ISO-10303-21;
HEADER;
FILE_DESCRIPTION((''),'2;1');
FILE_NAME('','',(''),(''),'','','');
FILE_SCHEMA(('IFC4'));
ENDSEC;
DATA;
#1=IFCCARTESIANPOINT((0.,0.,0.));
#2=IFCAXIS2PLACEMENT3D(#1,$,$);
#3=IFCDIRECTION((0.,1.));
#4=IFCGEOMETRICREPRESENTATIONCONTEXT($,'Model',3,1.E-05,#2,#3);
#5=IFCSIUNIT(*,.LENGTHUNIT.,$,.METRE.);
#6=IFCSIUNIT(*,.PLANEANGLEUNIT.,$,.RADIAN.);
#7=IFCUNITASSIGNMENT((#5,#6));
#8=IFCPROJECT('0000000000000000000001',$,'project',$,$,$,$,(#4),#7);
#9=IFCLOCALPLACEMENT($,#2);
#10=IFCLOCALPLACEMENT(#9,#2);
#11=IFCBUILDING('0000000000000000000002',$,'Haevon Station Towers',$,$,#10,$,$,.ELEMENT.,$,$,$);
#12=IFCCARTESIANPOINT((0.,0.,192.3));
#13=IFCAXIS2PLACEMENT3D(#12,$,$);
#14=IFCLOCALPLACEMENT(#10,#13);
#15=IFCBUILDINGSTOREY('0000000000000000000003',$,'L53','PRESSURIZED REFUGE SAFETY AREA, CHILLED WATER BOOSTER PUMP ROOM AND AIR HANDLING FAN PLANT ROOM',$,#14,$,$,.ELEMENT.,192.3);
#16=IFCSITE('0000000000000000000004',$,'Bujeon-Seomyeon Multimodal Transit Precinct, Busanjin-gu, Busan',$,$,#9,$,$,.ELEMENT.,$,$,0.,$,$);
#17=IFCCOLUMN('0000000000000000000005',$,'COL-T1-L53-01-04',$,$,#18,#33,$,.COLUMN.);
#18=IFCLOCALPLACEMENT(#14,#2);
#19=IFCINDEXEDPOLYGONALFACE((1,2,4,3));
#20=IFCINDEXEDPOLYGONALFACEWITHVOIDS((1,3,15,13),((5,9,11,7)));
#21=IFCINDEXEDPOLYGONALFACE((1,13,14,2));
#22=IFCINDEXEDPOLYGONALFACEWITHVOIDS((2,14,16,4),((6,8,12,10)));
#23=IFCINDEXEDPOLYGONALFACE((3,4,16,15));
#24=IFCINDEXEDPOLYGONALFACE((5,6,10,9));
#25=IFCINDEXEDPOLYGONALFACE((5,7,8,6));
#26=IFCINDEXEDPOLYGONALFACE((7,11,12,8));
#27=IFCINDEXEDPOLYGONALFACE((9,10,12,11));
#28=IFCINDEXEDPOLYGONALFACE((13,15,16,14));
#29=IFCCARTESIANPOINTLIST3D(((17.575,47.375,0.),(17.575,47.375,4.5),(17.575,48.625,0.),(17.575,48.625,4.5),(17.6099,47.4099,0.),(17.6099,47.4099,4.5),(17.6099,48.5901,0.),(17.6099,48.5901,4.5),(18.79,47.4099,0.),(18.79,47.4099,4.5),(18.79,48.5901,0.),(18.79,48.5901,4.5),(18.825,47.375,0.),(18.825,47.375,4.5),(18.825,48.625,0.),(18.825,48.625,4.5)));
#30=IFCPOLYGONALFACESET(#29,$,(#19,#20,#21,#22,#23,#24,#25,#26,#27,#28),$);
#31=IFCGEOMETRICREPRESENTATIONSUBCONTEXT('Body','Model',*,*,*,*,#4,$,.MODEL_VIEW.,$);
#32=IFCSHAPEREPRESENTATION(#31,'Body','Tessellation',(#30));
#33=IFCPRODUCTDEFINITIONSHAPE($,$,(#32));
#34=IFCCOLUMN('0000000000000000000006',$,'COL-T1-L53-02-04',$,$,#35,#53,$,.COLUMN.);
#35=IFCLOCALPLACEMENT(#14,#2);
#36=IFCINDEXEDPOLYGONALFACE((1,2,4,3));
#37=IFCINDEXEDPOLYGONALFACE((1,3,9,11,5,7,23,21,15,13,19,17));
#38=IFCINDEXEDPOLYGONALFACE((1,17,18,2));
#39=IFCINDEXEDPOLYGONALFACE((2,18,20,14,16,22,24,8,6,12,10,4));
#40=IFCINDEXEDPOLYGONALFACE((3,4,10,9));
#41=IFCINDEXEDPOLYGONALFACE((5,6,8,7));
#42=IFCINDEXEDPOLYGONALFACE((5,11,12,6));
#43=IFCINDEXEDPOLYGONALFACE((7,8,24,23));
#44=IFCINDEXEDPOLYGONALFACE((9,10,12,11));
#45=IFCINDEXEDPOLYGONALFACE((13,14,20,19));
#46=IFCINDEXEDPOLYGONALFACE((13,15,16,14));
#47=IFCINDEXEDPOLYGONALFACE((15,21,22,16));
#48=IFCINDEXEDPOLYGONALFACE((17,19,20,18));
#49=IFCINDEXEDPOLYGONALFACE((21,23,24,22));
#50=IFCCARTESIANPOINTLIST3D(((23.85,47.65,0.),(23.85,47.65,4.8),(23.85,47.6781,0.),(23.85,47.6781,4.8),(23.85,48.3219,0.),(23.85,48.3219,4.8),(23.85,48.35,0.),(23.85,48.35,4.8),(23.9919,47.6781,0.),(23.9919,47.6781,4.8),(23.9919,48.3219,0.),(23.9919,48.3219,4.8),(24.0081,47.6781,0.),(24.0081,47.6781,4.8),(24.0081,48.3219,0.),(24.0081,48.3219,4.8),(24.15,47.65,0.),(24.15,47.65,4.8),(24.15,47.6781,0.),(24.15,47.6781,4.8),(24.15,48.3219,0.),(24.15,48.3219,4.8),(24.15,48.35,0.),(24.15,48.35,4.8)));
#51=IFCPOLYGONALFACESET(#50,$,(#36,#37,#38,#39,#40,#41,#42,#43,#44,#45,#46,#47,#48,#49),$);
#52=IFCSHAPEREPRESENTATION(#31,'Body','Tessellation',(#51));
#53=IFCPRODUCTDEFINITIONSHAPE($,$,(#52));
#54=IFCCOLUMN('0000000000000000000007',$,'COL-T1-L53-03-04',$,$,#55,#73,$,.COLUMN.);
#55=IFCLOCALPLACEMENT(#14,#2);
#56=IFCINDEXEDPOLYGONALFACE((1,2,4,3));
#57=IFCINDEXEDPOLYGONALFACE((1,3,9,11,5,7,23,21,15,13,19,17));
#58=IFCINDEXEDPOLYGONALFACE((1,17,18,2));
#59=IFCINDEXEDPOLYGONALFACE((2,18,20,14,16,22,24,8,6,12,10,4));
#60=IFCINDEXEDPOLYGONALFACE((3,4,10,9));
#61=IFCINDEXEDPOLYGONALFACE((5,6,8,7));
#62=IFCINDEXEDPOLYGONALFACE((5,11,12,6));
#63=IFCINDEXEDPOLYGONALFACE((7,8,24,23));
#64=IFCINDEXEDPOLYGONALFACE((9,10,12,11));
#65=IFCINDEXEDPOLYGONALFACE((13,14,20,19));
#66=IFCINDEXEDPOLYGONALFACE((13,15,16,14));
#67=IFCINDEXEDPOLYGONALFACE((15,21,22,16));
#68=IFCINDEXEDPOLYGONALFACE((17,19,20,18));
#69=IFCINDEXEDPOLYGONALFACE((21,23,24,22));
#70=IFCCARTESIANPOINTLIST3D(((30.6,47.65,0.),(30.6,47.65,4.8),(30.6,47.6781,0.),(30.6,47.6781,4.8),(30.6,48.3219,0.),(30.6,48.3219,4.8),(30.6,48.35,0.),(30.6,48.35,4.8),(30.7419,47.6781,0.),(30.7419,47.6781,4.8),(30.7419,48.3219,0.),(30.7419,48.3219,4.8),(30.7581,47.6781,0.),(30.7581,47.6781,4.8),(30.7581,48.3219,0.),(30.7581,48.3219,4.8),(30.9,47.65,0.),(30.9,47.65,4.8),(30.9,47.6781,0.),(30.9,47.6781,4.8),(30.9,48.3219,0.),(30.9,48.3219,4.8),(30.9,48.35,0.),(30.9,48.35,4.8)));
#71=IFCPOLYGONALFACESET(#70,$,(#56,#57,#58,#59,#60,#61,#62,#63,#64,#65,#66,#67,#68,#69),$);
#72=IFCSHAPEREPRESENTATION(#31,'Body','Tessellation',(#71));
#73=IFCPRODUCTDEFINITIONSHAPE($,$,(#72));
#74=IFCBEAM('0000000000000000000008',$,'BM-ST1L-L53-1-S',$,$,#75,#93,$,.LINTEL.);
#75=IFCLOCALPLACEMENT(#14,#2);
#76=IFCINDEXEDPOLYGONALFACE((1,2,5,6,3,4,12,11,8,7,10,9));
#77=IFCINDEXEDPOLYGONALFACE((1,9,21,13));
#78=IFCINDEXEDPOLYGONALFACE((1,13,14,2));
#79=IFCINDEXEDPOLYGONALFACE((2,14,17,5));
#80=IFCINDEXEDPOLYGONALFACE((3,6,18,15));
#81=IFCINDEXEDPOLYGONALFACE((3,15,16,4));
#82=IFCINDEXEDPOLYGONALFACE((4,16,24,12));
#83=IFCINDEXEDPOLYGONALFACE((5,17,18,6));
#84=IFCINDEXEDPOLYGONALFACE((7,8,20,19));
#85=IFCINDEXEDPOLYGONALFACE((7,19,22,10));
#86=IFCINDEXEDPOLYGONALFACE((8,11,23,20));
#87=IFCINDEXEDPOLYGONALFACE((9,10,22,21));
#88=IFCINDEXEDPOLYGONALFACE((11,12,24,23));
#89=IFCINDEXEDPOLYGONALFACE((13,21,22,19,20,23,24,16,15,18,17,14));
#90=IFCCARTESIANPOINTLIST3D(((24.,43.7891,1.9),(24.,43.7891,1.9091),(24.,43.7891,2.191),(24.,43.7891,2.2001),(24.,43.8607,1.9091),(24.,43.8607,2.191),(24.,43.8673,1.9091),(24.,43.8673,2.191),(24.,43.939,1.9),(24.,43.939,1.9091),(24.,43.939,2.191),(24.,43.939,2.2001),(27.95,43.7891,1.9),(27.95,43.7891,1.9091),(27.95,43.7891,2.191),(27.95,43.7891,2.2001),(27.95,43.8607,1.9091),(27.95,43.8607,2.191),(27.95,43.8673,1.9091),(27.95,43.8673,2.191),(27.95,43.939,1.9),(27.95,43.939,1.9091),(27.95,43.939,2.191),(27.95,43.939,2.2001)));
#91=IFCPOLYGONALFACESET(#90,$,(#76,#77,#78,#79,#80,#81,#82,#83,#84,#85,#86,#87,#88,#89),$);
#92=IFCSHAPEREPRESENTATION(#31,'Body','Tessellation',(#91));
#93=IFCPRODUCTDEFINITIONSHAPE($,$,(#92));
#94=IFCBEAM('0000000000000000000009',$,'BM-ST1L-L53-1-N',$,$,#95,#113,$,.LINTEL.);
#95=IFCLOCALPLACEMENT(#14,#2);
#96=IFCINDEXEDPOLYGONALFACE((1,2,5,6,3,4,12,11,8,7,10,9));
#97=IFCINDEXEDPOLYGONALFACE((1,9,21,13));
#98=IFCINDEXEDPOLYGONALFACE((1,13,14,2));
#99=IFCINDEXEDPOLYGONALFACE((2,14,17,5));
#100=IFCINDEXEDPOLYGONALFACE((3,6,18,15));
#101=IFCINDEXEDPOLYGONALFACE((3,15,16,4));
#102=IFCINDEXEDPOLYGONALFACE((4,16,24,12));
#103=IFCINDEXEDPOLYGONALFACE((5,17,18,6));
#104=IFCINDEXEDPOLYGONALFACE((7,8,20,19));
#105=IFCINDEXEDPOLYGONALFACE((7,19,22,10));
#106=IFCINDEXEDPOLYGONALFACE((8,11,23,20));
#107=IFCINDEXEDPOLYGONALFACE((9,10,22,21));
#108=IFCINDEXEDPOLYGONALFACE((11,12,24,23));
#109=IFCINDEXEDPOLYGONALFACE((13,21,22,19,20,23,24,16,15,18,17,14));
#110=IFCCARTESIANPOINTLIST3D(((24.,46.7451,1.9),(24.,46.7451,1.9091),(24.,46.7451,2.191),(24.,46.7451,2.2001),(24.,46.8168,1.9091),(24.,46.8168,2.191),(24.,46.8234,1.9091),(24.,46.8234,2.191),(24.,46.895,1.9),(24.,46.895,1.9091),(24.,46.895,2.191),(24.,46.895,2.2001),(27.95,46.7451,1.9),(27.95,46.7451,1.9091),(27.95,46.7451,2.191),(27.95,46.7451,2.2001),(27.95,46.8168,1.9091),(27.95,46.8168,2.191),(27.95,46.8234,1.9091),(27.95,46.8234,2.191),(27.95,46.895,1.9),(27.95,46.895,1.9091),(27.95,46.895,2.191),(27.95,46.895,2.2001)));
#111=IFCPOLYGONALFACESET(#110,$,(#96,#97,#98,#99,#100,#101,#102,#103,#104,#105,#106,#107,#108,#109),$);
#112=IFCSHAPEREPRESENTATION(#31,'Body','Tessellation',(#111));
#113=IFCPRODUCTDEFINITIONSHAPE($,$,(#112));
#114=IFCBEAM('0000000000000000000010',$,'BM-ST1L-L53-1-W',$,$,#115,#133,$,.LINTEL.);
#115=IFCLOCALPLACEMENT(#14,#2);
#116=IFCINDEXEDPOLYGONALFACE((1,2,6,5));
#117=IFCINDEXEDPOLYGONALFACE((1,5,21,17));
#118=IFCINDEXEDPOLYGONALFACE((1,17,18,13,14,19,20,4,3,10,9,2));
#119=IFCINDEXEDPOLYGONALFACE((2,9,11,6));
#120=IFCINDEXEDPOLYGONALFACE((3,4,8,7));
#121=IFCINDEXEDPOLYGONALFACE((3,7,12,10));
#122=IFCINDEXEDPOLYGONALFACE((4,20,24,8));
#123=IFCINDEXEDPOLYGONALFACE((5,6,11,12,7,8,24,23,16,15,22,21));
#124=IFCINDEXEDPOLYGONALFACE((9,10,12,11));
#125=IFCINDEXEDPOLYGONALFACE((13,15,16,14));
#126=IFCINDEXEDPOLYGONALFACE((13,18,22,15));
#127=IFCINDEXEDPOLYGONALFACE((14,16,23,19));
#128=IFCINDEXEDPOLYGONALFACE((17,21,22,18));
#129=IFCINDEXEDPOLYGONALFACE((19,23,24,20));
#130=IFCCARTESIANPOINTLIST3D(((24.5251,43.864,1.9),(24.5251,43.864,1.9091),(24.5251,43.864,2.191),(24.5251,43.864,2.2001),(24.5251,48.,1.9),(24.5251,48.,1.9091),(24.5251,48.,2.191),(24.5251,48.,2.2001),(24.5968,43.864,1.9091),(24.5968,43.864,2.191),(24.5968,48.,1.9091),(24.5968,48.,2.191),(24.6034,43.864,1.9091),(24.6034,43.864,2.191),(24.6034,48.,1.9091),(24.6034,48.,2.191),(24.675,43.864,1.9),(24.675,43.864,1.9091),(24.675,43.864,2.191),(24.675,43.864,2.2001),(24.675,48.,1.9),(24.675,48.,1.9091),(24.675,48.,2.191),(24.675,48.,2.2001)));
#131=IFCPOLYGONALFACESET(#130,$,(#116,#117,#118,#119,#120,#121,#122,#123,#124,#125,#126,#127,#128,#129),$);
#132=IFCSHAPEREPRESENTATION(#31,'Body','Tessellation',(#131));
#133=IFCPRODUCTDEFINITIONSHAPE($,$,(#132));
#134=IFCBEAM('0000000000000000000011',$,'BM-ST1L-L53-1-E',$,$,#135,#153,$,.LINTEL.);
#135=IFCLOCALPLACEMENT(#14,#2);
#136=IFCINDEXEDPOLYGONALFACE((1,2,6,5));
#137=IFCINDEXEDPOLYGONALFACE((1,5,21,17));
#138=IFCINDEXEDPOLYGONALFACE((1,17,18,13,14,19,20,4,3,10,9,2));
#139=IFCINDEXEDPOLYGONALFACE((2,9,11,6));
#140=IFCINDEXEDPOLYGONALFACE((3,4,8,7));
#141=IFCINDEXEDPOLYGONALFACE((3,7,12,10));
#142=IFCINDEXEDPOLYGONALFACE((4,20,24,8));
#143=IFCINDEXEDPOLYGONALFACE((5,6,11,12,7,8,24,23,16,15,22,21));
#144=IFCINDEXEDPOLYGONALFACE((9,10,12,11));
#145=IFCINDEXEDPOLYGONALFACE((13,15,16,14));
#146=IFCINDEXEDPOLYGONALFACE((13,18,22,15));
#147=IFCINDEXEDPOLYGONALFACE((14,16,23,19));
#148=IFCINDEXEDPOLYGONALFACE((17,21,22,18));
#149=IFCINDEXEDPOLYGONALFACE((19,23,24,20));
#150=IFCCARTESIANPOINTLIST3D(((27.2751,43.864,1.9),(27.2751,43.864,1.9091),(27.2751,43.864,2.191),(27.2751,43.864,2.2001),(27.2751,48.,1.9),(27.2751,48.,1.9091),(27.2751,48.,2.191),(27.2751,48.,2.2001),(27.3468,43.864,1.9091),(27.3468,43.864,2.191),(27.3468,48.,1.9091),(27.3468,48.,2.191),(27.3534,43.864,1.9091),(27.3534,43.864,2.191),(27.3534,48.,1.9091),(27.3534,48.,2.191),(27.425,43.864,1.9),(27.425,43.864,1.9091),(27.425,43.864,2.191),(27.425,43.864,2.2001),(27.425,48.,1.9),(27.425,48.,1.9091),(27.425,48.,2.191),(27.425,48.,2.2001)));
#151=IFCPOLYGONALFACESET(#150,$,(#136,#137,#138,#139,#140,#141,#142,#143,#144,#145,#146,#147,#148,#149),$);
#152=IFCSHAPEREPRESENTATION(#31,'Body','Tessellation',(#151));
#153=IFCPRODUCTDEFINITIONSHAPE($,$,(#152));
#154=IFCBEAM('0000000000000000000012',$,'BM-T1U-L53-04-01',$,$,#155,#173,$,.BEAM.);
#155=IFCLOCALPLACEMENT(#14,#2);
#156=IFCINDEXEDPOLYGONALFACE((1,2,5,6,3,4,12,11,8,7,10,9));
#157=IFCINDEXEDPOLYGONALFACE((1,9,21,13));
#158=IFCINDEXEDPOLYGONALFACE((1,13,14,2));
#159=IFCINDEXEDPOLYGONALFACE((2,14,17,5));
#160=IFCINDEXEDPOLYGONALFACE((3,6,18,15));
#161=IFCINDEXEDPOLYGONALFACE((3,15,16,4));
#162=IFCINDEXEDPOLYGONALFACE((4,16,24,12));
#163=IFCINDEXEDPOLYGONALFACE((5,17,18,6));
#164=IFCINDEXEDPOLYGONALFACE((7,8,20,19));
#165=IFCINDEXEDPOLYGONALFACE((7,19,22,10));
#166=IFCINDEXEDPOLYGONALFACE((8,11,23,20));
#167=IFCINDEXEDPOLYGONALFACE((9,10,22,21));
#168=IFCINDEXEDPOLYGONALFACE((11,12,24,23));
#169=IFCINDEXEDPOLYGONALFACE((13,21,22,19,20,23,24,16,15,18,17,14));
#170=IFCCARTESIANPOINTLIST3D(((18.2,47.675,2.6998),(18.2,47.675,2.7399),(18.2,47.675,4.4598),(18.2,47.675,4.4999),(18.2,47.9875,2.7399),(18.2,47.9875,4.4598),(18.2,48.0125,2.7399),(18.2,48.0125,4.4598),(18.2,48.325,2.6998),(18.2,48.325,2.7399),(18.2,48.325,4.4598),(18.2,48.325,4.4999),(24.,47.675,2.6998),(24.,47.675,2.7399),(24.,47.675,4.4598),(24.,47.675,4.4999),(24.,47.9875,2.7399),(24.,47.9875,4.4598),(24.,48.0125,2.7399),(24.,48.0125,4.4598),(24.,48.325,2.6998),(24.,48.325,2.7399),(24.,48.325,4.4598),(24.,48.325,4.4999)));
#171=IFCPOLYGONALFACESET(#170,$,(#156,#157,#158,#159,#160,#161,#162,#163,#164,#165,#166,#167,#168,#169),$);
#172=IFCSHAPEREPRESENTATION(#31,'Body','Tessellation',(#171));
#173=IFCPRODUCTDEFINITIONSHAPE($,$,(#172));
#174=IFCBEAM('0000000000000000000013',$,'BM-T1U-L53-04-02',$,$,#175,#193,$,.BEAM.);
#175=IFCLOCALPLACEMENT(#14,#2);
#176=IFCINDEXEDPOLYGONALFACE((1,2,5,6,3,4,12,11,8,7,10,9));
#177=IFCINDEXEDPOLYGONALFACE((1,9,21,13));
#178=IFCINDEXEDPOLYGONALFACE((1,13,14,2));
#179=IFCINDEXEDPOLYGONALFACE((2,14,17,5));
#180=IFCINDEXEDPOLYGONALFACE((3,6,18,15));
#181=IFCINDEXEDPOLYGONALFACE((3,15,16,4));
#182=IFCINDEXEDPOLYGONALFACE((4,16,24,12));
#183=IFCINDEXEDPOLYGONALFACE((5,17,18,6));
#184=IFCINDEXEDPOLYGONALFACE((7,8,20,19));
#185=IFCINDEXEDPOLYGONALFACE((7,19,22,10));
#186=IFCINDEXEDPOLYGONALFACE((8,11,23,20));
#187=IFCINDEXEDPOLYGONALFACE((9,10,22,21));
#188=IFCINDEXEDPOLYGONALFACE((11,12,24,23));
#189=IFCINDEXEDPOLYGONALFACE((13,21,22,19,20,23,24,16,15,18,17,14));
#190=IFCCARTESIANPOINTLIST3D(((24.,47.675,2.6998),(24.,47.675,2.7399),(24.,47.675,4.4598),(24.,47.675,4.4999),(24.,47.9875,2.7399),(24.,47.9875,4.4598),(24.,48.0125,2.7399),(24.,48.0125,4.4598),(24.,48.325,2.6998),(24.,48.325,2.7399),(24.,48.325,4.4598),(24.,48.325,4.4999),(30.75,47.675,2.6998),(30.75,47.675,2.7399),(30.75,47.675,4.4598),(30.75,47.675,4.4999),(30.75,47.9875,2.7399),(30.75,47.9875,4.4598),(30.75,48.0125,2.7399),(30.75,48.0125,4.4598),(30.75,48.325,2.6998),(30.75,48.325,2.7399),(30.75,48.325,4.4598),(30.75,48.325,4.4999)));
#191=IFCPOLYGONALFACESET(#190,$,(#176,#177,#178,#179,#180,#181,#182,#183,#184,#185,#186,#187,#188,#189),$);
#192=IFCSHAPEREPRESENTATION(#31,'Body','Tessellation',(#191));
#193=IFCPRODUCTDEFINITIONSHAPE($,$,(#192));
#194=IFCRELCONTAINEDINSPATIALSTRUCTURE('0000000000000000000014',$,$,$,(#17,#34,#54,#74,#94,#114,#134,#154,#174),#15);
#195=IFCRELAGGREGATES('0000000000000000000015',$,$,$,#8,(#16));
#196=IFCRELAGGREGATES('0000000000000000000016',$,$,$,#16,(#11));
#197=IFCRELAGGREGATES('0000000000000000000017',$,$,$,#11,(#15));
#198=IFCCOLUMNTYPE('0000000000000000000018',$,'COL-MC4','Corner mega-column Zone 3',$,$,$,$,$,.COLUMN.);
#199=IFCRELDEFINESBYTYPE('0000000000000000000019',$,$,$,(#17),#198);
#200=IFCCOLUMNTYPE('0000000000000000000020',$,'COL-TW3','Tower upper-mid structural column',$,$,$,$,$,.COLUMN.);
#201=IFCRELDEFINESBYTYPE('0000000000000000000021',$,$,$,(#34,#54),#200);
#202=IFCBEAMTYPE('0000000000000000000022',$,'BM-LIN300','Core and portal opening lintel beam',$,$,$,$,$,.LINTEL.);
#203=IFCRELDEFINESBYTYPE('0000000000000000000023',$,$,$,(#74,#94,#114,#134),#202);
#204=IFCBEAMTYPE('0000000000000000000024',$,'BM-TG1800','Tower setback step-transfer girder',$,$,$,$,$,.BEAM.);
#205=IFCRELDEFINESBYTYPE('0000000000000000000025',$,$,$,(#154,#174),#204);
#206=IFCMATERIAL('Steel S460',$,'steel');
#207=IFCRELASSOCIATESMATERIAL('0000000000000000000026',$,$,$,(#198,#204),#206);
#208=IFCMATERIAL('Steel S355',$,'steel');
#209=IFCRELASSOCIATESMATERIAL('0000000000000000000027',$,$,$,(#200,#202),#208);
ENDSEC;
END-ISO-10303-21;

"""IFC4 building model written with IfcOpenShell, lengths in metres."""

from ifc_helpers import new_model, si_unit, direction, frame, origin, origin_2d, place, context, subcontext, project, spatial, hollow_rectangle, i_section, extrude, material, material_profile, profile_set, type_object, element, save


model = new_model("IFC4")

# Units and contexts
model_context = context("Model", 3, precision=1e-05, world=origin(), true_north=direction((0.0, 1.0)))
body_context = subcontext(model_context, "Body", "Model", "MODEL_VIEW")
ifc_project = project(units=[si_unit("LENGTHUNIT", "METRE"), si_unit("PLANEANGLEUNIT", "RADIAN")], contexts=[model_context])

# Site, building, storey
site_placement = place(None, origin())
site = spatial("IfcSite", under=ifc_project, at=site_placement, Name="Bujeon-Seomyeon Multimodal Transit Precinct, Busanjin-gu, Busan", CompositionType="ELEMENT", RefElevation=0.0)
building_placement = place(site_placement, origin())
building = spatial("IfcBuilding", under=site, at=building_placement, Name="Haevon Station Towers", CompositionType="ELEMENT")
storey_placement = place(building_placement, frame((0.0, 0.0, 192.3)))
storey = spatial("IfcBuildingStorey", under=building, at=storey_placement, Name="L53", Description="PRESSURIZED REFUGE SAFETY AREA, CHILLED WATER BOOSTER PUMP ROOM AND AIR HANDLING FAN PLANT ROOM", CompositionType="ELEMENT", Elevation=192.3)

# Columns
ifc_material_1 = material(Name="Steel S460", Category="steel")
ifc_material_profile_1 = material_profile(ifc_material_1, hollow_rectangle(XDim=1.25, YDim=1.25, WallThickness=0.0349, at=origin_2d()), Name="BOX-1250x1250x35")
ifc_profile_set_1 = profile_set([ifc_material_profile_1], Name="Steel S460")
column_type_1 = type_object("IfcColumnType", Name="COL-MC4", Description="Corner mega-column Zone 3", PredefinedType="COLUMN", material=ifc_profile_set_1)
column_placement = place(storey_placement, frame((18.2, 48.0, 0.0), z_axis=(0.0, 0.0, 1.0), x_axis=(1.0, 0.0, 0.0)))
element("IfcColumn", 1, at=column_placement, inside=storey, type_object=column_type_1, Name="COL-T1-L53-01-04", PredefinedType="COLUMN", context=body_context, shape_type="SweptSolid", body=[
    extrude(hollow_rectangle(XDim=1.25, YDim=1.25, WallThickness=0.0349, at=origin_2d()), origin(), (0.0, 0.0, 1.0), 4.5),
])
ifc_material_2 = material(Name="Steel S355", Category="steel")
ifc_material_profile_2 = material_profile(ifc_material_2, i_section(OverallWidth=0.3, OverallDepth=0.7, WebThickness=0.0161, FlangeThickness=0.0281, at=origin_2d()), Name="H-700x300x16x28")
ifc_profile_set_2 = profile_set([ifc_material_profile_2], Name="Steel S355")
column_type_2 = type_object("IfcColumnType", Name="COL-TW3", Description="Tower upper-mid structural column", PredefinedType="COLUMN", material=ifc_profile_set_2)
for number, where, z_axis, x_axis, name in (
    (2, (24.0, 48.0, 0.0), (0.0, 0.0, 1.0), (1.0, 0.0, 0.0), "COL-T1-L53-02-04"),
    (3, (30.75, 48.0, 0.0), (0.0, 0.0, 1.0), (1.0, 0.0, 0.0), "COL-T1-L53-03-04"),
):
    element("IfcColumn", number, at=place(storey_placement, frame(where, z_axis=z_axis, x_axis=x_axis)), inside=storey, type_object=column_type_2, Name=name, PredefinedType="COLUMN", context=body_context, shape_type="SweptSolid", body=[
        extrude(i_section(OverallWidth=0.3, OverallDepth=0.7, WebThickness=0.0161, FlangeThickness=0.0281, at=origin_2d()), origin(), (0.0, 0.0, 1.0), 4.8),
    ])

# Beams
ifc_material_profile_3 = material_profile(ifc_material_2, i_section(OverallWidth=0.1499, OverallDepth=0.3, WebThickness=0.0066, FlangeThickness=0.009, at=origin_2d()), Name="H-300x150x6.5x9")
ifc_profile_set_3 = profile_set([ifc_material_profile_3], Name="Steel S355")
beam_type_1 = type_object("IfcBeamType", Name="BM-LIN300", Description="Core and portal opening lintel beam", PredefinedType="LINTEL", material=ifc_profile_set_3)
for number, where, z_axis, x_axis, name in (
    (4, (24.0, 43.864, 2.05), (1.0, 0.0, 0.0), (0.0, 1.0, 0.0), "BM-ST1L-L53-1-S"),
    (5, (24.0, 46.8201, 2.05), (1.0, 0.0, 0.0), (0.0, 1.0, 0.0), "BM-ST1L-L53-1-N"),
):
    element("IfcBeam", number, at=place(storey_placement, frame(where, z_axis=z_axis, x_axis=x_axis)), inside=storey, type_object=beam_type_1, Name=name, PredefinedType="LINTEL", context=body_context, shape_type="SweptSolid", body=[
        extrude(i_section(OverallWidth=0.1499, OverallDepth=0.3, WebThickness=0.0066, FlangeThickness=0.009, at=origin_2d()), origin(), (0.0, 0.0, 1.0), 3.95),
    ])
for number, where, z_axis, x_axis, name in (
    (6, (24.6001, 43.864, 2.05), (0.0, 1.0, 0.0), (-1.0, 0.0, 0.0), "BM-ST1L-L53-1-W"),
    (7, (27.3501, 43.864, 2.05), (0.0, 1.0, 0.0), (-1.0, 0.0, 0.0), "BM-ST1L-L53-1-E"),
):
    element("IfcBeam", number, at=place(storey_placement, frame(where, z_axis=z_axis, x_axis=x_axis)), inside=storey, type_object=beam_type_1, Name=name, PredefinedType="LINTEL", context=body_context, shape_type="SweptSolid", body=[
        extrude(i_section(OverallWidth=0.1499, OverallDepth=0.3, WebThickness=0.0066, FlangeThickness=0.009, at=origin_2d()), origin(), (0.0, 0.0, 1.0), 4.136),
    ])
ifc_material_profile_4 = material_profile(ifc_material_1, i_section(OverallWidth=0.6499, OverallDepth=1.8, WebThickness=0.0249, FlangeThickness=0.04, at=origin_2d()), Name="H-1800x650x25x40")
ifc_profile_set_4 = profile_set([ifc_material_profile_4], Name="Steel S460")
beam_type_2 = type_object("IfcBeamType", Name="BM-TG1800", Description="Tower setback step-transfer girder", PredefinedType="BEAM", material=ifc_profile_set_4)
beam_placement = place(storey_placement, frame((18.2, 48.0, 3.5999), z_axis=(1.0, 0.0, 0.0), x_axis=(0.0, 1.0, 0.0)))
element("IfcBeam", 8, at=beam_placement, inside=storey, type_object=beam_type_2, Name="BM-T1U-L53-04-01", PredefinedType="BEAM", context=body_context, shape_type="SweptSolid", body=[
    extrude(i_section(OverallWidth=0.6499, OverallDepth=1.8, WebThickness=0.0249, FlangeThickness=0.04, at=origin_2d()), origin(), (0.0, 0.0, 1.0), 5.8),
])
for number, where, z_axis, x_axis, name in (
    (9, (24.0, 48.0, 3.5999), (1.0, 0.0, 0.0), (0.0, 1.0, 0.0), "BM-T1U-L53-04-02"),
):
    element("IfcBeam", number, at=place(storey_placement, frame(where, z_axis=z_axis, x_axis=x_axis)), inside=storey, type_object=beam_type_2, Name=name, PredefinedType="BEAM", context=body_context, shape_type="SweptSolid", body=[
        extrude(i_section(OverallWidth=0.6499, OverallDepth=1.8, WebThickness=0.0249, FlangeThickness=0.04, at=origin_2d()), origin(), (0.0, 0.0, 1.0), 6.75),
    ])

save(model, "model.ifc")
